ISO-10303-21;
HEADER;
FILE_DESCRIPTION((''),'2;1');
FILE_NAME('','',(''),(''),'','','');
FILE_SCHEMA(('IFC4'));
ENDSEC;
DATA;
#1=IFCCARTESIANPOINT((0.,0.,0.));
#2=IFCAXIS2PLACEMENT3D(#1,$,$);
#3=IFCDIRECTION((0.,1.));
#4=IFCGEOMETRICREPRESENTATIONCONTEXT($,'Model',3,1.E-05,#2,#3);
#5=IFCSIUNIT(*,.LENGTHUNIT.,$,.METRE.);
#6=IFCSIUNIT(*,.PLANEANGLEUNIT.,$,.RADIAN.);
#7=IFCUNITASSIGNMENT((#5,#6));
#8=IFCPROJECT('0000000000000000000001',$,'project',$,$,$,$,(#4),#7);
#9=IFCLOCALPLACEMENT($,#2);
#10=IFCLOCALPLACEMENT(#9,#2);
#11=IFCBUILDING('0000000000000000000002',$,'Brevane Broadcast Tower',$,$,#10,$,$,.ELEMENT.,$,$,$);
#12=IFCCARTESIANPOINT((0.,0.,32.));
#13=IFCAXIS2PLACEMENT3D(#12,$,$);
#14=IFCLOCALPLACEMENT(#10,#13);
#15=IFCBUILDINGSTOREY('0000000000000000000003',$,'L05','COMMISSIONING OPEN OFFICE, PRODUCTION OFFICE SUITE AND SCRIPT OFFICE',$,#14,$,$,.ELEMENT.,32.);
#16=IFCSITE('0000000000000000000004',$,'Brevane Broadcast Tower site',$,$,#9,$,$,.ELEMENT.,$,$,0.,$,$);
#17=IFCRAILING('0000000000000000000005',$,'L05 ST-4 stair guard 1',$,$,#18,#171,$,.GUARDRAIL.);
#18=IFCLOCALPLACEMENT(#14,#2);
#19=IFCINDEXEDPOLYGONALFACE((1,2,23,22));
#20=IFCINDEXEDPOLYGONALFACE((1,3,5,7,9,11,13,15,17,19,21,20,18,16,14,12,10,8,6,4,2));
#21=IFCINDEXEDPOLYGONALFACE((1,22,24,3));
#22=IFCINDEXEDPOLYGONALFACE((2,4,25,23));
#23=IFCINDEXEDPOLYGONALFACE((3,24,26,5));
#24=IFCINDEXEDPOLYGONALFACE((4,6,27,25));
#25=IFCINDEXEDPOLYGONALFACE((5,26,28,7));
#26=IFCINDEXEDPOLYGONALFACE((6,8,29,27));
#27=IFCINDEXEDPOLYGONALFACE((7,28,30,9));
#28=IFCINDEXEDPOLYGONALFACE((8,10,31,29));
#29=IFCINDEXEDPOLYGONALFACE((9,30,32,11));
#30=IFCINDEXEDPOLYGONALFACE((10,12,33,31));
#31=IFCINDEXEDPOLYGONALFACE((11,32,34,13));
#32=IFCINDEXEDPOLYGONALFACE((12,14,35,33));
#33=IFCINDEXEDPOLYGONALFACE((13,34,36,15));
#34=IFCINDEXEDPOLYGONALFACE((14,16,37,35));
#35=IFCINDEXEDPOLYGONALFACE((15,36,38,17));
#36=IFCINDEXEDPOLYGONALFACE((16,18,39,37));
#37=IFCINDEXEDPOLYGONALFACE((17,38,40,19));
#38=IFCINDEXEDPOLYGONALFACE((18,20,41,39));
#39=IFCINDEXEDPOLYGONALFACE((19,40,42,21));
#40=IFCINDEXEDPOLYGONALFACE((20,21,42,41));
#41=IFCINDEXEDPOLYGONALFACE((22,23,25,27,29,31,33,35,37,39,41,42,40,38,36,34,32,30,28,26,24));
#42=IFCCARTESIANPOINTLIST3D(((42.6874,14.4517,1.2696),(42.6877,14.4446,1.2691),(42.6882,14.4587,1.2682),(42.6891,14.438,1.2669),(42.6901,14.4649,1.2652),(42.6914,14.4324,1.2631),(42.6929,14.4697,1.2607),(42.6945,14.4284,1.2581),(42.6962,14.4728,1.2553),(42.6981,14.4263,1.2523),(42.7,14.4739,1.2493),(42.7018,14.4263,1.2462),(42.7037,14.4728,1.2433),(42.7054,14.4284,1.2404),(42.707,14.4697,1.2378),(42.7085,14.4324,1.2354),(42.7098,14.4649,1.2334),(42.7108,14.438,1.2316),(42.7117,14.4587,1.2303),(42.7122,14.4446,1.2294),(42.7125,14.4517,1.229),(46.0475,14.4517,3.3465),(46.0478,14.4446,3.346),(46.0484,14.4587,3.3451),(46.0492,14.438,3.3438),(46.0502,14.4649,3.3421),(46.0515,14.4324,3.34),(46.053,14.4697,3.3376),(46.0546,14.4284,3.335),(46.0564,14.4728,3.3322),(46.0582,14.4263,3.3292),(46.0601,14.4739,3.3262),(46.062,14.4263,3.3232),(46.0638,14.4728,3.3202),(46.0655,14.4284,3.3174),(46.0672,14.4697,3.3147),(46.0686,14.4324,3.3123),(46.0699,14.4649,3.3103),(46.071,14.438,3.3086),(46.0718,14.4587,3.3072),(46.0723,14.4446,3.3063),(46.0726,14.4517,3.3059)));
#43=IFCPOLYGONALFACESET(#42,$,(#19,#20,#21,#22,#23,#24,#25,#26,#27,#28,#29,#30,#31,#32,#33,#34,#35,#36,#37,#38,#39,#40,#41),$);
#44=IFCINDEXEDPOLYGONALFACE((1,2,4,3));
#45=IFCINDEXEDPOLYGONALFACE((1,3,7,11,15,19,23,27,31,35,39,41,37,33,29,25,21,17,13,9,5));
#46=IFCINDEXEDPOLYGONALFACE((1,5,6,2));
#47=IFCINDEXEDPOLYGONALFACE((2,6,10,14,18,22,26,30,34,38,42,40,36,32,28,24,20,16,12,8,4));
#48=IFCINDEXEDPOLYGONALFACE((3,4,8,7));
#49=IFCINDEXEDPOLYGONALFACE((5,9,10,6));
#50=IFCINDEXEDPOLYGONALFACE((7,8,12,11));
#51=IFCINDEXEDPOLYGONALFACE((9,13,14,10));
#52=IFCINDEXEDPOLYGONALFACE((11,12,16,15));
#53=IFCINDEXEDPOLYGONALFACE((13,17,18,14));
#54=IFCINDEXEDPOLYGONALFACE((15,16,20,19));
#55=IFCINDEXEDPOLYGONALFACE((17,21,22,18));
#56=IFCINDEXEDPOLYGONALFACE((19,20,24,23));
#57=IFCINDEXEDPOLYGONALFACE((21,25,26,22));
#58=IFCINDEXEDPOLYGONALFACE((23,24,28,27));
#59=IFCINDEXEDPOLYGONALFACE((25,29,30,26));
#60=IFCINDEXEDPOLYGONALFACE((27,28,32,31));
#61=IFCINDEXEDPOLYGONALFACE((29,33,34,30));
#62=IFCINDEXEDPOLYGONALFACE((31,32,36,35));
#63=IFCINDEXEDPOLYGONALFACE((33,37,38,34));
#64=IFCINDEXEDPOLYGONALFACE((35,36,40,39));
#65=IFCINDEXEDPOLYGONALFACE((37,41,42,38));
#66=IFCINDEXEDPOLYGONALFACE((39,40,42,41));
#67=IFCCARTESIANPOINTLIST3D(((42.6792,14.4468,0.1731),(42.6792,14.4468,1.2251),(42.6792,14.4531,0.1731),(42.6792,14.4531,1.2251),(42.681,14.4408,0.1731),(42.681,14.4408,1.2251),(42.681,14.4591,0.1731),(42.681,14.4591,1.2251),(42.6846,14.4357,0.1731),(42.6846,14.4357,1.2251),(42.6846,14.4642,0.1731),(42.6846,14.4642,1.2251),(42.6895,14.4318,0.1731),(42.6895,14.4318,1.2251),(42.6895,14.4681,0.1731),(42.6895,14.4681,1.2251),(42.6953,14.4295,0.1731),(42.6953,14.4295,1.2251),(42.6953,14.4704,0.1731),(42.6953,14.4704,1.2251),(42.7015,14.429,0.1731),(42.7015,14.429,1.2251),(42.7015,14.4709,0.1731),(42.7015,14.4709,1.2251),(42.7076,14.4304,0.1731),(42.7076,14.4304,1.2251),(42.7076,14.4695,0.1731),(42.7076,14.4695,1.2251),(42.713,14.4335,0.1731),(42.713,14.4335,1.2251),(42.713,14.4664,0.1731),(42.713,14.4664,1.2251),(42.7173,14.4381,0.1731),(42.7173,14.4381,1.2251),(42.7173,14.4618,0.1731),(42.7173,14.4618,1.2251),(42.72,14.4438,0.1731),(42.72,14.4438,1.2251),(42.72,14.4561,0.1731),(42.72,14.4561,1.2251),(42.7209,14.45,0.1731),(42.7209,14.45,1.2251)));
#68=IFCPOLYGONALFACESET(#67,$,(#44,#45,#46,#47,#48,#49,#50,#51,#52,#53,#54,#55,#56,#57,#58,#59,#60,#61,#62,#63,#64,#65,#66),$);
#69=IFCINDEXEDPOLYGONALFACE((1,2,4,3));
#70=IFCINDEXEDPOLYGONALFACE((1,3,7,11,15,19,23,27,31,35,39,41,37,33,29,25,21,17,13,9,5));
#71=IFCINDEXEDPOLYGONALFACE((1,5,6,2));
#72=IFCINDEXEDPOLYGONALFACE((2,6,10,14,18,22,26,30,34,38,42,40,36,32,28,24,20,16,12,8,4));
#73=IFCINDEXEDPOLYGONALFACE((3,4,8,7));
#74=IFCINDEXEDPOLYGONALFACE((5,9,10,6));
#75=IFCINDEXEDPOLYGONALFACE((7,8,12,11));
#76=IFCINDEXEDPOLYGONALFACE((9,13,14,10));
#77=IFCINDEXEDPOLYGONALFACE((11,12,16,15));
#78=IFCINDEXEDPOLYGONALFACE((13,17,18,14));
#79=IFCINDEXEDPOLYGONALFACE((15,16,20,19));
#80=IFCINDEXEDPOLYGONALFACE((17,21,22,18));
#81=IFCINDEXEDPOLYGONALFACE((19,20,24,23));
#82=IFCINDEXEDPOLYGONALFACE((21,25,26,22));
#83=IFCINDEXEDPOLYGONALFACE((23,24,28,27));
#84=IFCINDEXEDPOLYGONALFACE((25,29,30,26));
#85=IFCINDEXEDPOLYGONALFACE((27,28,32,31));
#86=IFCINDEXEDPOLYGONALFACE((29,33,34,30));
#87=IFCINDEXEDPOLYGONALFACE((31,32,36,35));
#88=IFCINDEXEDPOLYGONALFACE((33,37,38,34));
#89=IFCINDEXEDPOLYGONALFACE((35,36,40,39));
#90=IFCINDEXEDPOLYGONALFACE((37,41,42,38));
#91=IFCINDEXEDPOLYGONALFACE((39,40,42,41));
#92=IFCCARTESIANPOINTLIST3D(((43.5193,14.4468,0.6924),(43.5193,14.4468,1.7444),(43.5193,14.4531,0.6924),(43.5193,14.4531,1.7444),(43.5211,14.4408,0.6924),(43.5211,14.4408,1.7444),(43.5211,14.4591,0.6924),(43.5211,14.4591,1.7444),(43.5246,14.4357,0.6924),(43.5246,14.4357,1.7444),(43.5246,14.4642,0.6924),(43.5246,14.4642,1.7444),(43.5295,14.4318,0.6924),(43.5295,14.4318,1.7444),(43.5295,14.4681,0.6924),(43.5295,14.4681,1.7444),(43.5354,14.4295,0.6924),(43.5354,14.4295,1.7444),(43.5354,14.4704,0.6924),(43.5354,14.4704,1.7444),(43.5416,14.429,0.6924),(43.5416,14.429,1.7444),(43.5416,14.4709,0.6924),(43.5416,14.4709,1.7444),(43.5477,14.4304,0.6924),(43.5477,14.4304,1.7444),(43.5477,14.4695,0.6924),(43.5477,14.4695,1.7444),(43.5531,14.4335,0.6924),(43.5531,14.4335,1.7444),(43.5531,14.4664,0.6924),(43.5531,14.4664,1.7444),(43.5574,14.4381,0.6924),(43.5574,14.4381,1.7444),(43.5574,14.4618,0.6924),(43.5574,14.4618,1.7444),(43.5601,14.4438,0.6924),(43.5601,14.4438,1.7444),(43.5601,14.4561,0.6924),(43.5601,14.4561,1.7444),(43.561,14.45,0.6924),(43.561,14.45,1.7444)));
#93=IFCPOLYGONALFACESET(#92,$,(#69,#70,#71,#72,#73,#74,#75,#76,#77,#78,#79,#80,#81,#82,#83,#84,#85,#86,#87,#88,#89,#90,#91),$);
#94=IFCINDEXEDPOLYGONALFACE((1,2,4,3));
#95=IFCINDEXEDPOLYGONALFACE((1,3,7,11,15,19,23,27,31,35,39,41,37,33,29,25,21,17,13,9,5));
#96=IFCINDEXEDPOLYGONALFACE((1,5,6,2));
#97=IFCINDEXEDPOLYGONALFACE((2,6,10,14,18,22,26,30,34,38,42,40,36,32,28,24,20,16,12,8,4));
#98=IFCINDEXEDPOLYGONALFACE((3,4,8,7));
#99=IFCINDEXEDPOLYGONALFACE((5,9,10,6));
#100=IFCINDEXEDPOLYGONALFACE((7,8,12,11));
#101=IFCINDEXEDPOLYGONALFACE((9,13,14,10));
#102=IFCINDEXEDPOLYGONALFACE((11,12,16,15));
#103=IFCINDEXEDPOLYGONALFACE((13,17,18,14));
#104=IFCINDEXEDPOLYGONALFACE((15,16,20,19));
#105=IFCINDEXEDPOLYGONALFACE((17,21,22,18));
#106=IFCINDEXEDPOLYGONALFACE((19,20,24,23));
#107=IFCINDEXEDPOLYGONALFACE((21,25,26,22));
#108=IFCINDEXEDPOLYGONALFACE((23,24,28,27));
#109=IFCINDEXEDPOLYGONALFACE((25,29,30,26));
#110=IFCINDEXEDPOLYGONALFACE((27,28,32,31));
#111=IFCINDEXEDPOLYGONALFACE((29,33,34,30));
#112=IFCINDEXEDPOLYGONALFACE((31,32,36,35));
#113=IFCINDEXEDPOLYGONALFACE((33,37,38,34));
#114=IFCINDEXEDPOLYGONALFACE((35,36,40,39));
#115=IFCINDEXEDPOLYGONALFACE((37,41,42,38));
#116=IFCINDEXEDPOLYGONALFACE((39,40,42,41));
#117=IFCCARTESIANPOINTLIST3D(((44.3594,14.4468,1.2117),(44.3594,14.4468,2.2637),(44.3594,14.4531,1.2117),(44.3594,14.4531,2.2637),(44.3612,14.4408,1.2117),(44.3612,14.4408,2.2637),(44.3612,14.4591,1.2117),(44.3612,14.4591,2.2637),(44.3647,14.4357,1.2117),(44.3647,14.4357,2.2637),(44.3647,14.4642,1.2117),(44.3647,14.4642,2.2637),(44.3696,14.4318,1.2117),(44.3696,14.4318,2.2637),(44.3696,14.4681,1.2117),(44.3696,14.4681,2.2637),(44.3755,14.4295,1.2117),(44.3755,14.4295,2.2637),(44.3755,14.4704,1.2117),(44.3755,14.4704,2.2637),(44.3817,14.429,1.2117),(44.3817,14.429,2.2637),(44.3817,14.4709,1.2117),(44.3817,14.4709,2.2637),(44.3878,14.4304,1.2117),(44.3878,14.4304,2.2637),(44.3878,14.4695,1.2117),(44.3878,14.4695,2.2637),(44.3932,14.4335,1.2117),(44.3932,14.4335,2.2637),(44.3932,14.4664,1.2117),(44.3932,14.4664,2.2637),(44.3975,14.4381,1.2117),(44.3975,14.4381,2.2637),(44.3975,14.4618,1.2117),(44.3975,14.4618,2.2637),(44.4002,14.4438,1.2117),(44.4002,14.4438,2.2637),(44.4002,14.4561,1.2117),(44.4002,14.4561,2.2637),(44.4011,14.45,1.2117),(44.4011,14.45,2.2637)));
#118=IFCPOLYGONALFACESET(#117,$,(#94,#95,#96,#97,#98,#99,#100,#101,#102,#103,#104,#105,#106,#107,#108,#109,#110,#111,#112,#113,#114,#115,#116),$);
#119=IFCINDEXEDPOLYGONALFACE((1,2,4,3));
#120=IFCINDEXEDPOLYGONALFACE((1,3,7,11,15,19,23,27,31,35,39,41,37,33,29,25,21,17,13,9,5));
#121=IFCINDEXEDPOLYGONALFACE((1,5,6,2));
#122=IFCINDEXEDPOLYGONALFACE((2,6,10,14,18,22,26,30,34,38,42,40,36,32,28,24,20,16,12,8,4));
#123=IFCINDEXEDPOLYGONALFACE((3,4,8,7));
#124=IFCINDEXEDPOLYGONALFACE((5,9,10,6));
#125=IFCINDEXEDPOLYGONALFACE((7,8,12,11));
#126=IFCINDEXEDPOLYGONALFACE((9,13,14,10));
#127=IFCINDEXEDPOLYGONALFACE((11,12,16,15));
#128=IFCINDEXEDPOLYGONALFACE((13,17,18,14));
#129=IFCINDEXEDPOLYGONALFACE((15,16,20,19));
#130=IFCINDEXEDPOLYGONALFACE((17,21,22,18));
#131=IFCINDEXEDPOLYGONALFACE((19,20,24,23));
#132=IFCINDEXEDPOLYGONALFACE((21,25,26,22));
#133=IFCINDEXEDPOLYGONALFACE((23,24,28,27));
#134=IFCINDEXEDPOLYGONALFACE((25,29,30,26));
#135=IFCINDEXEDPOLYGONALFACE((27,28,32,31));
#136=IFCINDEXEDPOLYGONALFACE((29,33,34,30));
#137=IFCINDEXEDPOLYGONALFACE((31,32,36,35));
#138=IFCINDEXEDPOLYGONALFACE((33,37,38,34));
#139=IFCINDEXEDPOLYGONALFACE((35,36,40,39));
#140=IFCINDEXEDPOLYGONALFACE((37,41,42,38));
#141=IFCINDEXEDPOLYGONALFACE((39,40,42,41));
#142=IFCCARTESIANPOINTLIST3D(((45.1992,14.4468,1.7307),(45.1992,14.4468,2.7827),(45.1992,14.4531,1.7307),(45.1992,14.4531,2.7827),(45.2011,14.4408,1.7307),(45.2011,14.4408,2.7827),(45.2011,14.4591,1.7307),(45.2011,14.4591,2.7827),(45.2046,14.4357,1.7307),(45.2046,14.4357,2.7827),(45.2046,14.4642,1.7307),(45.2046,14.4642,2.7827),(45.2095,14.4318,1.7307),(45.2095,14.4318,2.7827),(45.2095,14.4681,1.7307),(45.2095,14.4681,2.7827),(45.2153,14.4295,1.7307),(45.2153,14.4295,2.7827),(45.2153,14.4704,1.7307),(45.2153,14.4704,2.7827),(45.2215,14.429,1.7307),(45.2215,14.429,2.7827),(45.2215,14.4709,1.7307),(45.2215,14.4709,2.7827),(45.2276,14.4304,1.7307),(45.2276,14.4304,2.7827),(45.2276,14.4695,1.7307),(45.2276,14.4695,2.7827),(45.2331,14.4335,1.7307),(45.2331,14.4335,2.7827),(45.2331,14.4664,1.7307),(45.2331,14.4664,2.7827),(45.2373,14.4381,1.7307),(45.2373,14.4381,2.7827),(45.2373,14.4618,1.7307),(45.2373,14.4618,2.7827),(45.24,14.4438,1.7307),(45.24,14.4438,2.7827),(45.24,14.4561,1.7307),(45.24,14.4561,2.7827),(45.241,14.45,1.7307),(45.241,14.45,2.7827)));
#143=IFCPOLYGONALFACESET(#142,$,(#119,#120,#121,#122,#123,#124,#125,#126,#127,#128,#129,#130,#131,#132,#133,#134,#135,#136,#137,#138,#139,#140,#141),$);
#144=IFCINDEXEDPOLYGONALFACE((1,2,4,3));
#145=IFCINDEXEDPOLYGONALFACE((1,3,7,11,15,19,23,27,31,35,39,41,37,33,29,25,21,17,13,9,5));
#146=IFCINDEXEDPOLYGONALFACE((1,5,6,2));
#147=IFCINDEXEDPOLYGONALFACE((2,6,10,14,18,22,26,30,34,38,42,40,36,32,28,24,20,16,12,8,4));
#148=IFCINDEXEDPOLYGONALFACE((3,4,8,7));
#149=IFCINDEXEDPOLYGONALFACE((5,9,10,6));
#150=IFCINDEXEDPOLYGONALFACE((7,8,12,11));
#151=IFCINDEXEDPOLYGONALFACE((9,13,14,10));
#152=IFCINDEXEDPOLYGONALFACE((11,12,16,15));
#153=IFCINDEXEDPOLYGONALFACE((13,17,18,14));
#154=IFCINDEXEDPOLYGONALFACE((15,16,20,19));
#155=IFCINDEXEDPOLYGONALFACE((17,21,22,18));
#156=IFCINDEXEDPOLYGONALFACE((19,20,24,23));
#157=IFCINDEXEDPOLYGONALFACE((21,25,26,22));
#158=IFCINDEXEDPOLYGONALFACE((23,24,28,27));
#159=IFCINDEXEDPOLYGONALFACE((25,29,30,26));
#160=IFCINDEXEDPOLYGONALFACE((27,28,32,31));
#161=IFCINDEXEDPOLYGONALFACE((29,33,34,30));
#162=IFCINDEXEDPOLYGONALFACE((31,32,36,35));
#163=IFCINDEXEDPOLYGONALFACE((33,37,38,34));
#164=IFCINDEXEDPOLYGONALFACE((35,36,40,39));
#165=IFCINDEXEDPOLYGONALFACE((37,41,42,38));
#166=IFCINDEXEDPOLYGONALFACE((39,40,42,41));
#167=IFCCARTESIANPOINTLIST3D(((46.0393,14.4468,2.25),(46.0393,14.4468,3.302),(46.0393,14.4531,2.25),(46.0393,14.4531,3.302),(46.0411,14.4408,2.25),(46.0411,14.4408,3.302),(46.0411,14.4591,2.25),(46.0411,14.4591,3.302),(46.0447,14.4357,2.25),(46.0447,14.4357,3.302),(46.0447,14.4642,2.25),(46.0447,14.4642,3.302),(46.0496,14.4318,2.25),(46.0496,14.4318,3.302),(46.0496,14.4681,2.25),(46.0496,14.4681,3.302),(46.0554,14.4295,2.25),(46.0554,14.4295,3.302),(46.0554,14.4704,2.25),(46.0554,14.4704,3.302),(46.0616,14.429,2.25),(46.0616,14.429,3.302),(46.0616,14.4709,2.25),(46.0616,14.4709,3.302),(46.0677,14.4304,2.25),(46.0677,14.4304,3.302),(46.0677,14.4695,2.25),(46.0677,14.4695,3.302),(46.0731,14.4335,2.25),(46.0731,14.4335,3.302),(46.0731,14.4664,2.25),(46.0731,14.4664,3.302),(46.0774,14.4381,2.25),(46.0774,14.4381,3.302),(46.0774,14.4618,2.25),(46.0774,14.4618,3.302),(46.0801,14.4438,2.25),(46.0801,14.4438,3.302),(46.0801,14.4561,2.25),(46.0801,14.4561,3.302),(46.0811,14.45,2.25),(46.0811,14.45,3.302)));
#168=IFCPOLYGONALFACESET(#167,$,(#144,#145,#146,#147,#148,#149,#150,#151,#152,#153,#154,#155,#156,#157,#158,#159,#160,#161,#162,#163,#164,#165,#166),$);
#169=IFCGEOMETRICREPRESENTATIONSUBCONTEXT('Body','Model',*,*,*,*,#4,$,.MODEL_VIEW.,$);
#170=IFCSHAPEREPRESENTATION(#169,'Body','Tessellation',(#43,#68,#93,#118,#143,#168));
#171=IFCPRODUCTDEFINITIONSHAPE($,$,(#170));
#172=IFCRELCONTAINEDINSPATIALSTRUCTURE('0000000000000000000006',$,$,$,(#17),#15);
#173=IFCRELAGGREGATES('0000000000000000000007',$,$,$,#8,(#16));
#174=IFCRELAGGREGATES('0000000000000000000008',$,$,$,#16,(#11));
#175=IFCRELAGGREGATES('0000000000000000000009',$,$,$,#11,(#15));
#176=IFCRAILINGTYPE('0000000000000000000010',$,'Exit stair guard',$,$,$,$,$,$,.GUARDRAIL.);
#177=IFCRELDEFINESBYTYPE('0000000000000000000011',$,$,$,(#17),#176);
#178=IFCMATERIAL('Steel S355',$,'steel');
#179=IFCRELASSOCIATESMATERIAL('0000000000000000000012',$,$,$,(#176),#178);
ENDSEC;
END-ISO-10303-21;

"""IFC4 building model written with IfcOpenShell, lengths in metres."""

from ifc_helpers import new_model, si_unit, direction, frame, origin, origin_2d, place, context, subcontext, project, spatial, circle, extrude, material, type_object, element, save


model = new_model("IFC4")

# Units and contexts
model_context = context("Model", 3, precision=1e-05, world=origin(), true_north=direction((0.0, 1.0)))
body_context = subcontext(model_context, "Body", "Model", "MODEL_VIEW")
ifc_project = project(units=[si_unit("LENGTHUNIT", "METRE"), si_unit("PLANEANGLEUNIT", "RADIAN")], contexts=[model_context])

# Site, building, storey
site_placement = place(None, origin())
site = spatial("IfcSite", under=ifc_project, at=site_placement, Name="Brevane Broadcast Tower site", CompositionType="ELEMENT", RefElevation=0.0)
building_placement = place(site_placement, origin())
building = spatial("IfcBuilding", under=site, at=building_placement, Name="Brevane Broadcast Tower", CompositionType="ELEMENT")
storey_placement = place(building_placement, frame((0.0, 0.0, 32.0)))
storey = spatial("IfcBuildingStorey", under=building, at=storey_placement, Name="L05", Description="COMMISSIONING OPEN OFFICE, PRODUCTION OFFICE SUITE AND SCRIPT OFFICE", CompositionType="ELEMENT", Elevation=32.0)

# Railing
ifc_material_1 = material(Name="Steel S355", Category="steel")
railing_type_1 = type_object("IfcRailingType", Name="Exit stair guard", PredefinedType="GUARDRAIL", material=ifc_material_1)
railing_1_placement = place(storey_placement, frame((42.7, 14.45, 0.1731)))
element("IfcRailing", 1, at=railing_1_placement, inside=storey, type_object=railing_type_1, Name="L05 ST-4 stair guard 1", PredefinedType="GUARDRAIL", context=body_context, shape_type="SweptSolid", body=[
    extrude(circle(Radius=0.0239, at=origin_2d()), frame((0.0, 0.0, 1.0762), z_axis=(0.850623, 0.0, 0.525776), x_axis=(0.0, 1.0, 0.0)), (0.0, 0.0, 1.0), 3.9502),
    extrude(circle(Radius=0.021, at=origin_2d()), origin(), (0.0, 0.0, 1.0), 1.052),
    extrude(circle(Radius=0.021, at=origin_2d()), frame((0.8401, 0.0, 0.5193)), (0.0, 0.0, 1.0), 1.052),
    extrude(circle(Radius=0.021, at=origin_2d()), frame((1.6802, 0.0, 1.0386)), (0.0, 0.0, 1.0), 1.052),
    extrude(circle(Radius=0.021, at=origin_2d()), frame((2.52, 0.0, 1.5576)), (0.0, 0.0, 1.0), 1.052),
    extrude(circle(Radius=0.021, at=origin_2d()), frame((3.3601, 0.0, 2.0769)), (0.0, 0.0, 1.0), 1.052),
])

save(model, "model.ifc")
